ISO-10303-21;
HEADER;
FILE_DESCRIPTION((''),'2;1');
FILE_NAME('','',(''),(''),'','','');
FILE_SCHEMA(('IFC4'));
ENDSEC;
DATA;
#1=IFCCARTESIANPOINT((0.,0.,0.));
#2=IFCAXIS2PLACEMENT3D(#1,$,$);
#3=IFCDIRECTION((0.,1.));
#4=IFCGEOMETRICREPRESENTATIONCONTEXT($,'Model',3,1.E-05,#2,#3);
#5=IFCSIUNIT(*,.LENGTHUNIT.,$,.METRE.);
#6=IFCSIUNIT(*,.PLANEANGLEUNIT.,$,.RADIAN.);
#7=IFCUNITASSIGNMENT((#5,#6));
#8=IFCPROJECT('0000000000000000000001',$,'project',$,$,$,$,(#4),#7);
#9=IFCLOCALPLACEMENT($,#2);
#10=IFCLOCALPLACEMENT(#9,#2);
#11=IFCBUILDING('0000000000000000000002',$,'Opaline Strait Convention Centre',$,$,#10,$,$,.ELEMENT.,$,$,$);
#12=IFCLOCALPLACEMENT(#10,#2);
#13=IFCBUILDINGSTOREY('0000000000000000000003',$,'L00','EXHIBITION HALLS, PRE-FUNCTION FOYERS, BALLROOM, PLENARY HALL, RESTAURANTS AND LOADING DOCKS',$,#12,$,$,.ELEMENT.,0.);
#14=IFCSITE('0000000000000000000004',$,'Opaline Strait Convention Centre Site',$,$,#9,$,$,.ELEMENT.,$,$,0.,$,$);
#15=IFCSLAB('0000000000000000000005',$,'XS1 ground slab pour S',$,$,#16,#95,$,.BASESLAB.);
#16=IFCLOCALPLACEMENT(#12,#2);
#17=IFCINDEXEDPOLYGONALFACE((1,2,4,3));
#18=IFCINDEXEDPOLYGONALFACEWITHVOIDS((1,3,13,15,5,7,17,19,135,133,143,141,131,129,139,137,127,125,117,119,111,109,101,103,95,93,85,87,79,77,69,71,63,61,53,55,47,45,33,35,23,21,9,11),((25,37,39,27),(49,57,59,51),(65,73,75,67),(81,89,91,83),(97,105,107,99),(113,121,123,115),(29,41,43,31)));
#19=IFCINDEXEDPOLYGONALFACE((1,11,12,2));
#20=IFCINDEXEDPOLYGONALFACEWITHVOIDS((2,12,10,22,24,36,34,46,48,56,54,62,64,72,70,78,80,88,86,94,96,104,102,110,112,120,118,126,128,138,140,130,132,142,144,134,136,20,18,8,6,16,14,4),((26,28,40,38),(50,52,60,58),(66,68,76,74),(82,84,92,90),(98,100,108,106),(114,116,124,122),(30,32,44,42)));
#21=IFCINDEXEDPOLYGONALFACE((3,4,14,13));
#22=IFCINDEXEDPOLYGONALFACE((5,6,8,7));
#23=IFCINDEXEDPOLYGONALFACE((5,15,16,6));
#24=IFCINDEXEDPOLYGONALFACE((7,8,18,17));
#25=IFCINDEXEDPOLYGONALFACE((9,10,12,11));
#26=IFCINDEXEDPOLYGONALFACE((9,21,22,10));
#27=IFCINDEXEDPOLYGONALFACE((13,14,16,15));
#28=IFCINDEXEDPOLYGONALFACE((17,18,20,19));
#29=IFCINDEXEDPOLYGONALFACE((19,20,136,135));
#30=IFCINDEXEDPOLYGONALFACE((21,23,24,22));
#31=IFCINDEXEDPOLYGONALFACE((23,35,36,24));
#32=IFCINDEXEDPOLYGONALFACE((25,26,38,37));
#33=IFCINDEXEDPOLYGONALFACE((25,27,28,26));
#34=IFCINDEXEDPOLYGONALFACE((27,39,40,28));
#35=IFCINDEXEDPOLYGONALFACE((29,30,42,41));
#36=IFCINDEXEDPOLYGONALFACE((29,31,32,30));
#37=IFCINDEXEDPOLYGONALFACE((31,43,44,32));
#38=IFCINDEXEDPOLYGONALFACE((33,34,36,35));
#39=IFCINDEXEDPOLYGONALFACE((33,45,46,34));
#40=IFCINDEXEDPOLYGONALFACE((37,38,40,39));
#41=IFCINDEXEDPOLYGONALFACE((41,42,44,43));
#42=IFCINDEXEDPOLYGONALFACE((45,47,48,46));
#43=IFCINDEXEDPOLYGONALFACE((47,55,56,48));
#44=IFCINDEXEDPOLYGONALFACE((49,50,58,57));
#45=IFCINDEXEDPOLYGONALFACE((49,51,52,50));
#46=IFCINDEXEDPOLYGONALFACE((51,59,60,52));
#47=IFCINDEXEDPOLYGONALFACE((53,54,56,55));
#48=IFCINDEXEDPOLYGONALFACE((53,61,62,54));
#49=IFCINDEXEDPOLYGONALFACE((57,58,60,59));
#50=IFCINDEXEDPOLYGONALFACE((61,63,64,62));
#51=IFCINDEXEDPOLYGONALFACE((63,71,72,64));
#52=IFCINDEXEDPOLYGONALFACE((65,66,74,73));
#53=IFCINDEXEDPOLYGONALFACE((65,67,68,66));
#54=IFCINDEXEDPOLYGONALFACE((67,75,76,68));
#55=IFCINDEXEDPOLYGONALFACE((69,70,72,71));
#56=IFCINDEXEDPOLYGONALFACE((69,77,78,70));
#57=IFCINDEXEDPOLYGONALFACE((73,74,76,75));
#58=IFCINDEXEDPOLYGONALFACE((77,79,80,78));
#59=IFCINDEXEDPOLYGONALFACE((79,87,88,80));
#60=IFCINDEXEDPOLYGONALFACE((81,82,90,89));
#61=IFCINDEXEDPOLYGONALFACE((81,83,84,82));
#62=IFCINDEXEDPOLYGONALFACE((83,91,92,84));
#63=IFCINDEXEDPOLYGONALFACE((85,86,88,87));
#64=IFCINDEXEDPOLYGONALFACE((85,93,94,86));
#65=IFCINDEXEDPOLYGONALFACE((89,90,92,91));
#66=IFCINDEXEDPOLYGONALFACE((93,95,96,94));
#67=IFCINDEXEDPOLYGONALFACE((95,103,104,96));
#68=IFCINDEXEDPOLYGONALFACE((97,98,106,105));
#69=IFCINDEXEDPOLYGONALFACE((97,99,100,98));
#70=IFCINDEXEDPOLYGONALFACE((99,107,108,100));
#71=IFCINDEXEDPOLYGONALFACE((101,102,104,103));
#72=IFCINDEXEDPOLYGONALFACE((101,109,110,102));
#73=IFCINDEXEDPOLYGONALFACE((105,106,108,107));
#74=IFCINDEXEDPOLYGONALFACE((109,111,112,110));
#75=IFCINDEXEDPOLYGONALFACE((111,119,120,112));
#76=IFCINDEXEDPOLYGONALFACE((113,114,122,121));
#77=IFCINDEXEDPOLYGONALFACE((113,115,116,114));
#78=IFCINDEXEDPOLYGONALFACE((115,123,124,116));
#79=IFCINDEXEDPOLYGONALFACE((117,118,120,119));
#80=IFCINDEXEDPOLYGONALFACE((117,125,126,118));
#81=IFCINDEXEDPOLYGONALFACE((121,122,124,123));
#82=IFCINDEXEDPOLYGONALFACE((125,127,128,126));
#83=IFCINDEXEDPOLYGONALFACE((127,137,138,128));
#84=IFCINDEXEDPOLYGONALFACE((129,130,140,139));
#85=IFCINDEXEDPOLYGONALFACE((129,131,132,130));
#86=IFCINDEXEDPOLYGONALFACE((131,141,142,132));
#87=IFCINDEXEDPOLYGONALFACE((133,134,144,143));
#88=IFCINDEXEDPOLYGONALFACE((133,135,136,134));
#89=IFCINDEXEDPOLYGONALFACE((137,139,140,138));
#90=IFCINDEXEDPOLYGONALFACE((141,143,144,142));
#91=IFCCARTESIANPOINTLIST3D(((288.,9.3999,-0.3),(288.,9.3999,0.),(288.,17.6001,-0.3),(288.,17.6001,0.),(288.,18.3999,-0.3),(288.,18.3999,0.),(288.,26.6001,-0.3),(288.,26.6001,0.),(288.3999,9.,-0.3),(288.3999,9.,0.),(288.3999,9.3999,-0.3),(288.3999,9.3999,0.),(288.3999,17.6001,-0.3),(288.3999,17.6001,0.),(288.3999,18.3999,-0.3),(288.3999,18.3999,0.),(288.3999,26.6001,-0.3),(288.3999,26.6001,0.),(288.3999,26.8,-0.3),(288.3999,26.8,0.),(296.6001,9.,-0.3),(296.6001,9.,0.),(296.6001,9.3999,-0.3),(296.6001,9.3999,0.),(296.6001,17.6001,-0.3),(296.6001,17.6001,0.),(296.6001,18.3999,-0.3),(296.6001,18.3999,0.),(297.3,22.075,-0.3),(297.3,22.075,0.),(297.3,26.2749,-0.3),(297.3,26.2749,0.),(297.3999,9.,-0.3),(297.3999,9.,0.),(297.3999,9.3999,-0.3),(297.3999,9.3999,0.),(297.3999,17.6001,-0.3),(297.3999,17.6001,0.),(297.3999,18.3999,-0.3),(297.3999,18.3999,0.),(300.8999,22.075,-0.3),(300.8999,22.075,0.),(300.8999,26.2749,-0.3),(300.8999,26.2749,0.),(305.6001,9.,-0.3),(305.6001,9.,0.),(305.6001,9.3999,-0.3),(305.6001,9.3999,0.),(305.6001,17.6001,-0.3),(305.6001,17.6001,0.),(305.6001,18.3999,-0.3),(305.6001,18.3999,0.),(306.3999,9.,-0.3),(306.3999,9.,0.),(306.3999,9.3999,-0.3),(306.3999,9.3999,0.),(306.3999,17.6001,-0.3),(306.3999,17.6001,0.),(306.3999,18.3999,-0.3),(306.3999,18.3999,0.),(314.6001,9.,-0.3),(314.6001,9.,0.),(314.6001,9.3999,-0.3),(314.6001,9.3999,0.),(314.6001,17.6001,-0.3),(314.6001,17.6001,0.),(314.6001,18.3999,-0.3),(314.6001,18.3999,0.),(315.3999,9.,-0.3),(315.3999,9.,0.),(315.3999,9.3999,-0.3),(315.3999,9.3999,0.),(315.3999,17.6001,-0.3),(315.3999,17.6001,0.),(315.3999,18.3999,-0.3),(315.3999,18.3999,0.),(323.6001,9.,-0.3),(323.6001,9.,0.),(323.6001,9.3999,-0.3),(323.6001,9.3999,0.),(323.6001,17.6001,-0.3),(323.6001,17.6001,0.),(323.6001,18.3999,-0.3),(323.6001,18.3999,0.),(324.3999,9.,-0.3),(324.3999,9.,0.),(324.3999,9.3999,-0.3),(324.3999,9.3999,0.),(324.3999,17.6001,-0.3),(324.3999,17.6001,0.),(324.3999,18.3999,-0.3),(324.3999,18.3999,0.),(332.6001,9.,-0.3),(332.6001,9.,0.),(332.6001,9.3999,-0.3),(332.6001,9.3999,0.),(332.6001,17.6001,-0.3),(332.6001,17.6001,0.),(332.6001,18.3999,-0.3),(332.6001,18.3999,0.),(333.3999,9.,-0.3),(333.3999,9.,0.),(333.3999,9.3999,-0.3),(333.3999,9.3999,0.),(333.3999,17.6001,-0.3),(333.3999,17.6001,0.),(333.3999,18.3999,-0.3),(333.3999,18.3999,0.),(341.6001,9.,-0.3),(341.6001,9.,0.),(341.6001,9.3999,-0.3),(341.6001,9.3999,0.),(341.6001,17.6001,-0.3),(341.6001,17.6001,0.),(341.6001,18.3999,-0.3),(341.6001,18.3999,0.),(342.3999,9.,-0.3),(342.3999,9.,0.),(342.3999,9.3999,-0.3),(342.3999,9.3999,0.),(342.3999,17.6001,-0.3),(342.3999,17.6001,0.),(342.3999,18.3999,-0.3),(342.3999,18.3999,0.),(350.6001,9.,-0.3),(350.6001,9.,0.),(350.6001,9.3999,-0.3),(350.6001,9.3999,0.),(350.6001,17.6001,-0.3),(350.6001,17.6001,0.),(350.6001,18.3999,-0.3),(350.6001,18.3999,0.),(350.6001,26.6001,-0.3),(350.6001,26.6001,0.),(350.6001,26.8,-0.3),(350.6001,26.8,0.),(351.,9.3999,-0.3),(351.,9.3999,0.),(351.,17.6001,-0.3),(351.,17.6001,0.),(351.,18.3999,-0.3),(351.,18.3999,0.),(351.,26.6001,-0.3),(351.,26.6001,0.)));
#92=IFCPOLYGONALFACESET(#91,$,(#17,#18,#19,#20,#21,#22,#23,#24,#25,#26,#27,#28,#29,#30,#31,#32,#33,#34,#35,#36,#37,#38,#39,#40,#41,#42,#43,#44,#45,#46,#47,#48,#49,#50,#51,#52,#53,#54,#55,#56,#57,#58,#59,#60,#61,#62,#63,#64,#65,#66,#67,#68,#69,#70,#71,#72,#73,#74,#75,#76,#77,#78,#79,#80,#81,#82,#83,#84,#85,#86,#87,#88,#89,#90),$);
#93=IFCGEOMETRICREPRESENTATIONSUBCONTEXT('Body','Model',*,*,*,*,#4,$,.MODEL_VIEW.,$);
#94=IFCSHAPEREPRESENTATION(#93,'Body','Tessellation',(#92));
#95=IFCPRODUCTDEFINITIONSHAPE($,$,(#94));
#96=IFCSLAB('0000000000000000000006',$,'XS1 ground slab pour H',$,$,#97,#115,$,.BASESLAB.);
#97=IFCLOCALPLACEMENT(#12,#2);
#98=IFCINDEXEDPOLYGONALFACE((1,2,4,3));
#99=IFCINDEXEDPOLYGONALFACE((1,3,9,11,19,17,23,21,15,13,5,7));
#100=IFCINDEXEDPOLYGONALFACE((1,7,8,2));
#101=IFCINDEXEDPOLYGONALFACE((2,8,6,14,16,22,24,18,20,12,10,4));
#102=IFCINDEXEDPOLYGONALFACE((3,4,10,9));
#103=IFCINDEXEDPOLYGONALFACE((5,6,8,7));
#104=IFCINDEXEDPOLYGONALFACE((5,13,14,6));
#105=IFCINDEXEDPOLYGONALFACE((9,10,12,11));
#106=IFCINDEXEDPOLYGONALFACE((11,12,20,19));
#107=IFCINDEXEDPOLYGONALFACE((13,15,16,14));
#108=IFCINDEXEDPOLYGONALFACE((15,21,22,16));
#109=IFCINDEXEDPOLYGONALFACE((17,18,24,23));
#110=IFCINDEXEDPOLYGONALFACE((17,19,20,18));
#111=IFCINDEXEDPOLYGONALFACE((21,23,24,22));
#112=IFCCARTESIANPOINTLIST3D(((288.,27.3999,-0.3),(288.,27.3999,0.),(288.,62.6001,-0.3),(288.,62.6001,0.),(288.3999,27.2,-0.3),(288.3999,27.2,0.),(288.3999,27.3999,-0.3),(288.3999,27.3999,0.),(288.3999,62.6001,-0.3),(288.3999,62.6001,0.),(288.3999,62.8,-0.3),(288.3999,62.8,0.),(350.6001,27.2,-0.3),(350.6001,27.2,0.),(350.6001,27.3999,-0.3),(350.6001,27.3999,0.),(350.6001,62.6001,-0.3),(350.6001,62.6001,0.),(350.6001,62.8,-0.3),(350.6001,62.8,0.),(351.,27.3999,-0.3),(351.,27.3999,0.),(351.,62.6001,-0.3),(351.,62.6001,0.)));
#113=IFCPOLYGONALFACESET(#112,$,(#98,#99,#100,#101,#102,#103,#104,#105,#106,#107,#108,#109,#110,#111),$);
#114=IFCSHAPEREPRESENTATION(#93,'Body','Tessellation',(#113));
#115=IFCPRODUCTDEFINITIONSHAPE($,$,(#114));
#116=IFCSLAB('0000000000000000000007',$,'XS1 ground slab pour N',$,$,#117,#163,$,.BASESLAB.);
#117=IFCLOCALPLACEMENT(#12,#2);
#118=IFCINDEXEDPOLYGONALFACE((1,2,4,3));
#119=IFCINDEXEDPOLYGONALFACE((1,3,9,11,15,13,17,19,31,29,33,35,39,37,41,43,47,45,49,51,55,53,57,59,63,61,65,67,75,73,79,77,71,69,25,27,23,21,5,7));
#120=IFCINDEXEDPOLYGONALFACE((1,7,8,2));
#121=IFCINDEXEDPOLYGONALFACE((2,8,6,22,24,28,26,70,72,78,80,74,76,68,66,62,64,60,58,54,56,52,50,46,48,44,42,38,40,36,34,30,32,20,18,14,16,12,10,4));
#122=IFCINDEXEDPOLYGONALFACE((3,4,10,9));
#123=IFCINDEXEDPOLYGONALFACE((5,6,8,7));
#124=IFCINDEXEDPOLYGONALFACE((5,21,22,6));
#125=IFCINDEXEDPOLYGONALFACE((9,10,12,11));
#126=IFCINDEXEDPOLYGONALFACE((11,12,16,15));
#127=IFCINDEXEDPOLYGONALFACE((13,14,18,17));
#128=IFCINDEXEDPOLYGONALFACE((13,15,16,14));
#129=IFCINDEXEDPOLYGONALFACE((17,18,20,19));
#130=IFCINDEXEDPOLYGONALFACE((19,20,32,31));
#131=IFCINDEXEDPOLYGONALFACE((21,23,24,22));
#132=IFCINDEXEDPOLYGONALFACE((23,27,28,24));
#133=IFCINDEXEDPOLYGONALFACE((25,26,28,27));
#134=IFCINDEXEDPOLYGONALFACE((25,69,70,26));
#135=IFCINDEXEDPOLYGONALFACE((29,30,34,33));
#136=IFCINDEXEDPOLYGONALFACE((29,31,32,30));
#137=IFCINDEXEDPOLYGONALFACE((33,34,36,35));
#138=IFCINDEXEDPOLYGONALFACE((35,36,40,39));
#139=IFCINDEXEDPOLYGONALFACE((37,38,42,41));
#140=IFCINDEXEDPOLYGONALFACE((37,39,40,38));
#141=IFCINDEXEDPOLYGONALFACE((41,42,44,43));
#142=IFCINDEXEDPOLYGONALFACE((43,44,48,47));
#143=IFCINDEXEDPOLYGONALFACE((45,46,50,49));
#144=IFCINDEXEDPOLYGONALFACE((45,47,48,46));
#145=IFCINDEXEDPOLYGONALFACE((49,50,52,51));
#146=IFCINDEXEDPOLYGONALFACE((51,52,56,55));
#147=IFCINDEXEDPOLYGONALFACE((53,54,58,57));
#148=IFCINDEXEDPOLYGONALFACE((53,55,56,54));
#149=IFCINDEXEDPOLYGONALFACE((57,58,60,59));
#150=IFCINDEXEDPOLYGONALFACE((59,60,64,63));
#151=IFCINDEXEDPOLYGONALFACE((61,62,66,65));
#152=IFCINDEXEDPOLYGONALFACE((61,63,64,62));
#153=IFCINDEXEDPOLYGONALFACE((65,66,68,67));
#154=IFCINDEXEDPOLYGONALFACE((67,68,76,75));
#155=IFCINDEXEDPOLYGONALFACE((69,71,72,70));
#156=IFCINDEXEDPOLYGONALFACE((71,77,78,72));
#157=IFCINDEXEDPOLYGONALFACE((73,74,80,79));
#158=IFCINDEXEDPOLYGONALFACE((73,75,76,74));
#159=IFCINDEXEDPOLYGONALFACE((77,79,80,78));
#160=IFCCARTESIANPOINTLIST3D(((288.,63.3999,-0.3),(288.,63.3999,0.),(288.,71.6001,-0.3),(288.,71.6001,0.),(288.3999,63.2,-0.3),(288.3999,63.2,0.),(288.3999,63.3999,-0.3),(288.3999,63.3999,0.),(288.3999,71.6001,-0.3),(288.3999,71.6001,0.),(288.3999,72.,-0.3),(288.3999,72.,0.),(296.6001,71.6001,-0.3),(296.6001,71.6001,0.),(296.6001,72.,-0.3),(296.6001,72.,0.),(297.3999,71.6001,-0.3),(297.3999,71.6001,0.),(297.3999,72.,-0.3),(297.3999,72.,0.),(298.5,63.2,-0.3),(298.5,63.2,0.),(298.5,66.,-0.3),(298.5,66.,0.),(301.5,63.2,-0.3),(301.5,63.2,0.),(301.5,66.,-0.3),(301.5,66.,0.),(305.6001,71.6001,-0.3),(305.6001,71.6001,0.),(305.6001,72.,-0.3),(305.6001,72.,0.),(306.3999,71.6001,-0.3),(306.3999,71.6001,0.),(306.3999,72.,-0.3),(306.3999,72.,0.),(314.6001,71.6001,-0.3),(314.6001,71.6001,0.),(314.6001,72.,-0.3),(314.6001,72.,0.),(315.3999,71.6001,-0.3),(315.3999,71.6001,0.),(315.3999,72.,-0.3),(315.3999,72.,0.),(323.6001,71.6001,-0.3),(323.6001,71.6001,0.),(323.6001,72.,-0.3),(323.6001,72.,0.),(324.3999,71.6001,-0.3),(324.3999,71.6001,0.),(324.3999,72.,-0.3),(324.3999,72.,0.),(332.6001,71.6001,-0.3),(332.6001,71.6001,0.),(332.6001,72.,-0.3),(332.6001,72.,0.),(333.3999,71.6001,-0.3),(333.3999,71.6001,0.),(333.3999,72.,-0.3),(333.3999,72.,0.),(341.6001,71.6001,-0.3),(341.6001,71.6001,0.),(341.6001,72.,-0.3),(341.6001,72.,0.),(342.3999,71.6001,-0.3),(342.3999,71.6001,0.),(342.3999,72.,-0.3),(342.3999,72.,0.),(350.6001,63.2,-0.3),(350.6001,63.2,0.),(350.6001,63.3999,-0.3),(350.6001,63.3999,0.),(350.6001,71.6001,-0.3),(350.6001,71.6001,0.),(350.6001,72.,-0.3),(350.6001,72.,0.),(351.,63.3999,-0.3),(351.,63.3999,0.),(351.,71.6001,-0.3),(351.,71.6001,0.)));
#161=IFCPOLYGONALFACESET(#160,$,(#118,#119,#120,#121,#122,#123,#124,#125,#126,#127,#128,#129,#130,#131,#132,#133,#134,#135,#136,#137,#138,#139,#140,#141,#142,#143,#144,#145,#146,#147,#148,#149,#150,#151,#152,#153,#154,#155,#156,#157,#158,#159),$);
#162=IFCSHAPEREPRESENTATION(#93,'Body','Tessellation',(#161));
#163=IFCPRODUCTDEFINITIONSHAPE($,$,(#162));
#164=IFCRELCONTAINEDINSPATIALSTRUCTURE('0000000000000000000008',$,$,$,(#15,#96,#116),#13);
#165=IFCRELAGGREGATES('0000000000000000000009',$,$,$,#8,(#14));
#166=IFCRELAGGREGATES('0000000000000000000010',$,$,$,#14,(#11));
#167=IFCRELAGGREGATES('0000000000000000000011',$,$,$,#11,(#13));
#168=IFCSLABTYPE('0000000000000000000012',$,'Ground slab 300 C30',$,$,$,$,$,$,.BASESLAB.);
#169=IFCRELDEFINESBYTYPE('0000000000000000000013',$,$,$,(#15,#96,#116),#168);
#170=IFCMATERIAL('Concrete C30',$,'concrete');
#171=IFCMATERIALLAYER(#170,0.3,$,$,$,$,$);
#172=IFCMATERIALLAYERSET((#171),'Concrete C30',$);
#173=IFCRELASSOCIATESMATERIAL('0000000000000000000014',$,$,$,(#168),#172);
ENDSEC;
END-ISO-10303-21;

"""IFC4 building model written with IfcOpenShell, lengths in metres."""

from ifc_helpers import new_model, si_unit, direction, frame, origin, place, context, subcontext, project, spatial, polyline, outline, extrude, material, layer, layer_set, type_object, element, save


model = new_model("IFC4")

# Units and contexts
model_context = context("Model", 3, precision=1e-05, world=origin(), true_north=direction((0.0, 1.0)))
body_context = subcontext(model_context, "Body", "Model", "MODEL_VIEW")
ifc_project = project(units=[si_unit("LENGTHUNIT", "METRE"), si_unit("PLANEANGLEUNIT", "RADIAN")], contexts=[model_context])

# Site, building, storey
site_placement = place(None, origin())
site = spatial("IfcSite", under=ifc_project, at=site_placement, Name="Opaline Strait Convention Centre Site", CompositionType="ELEMENT", RefElevation=0.0)
building_placement = place(site_placement, origin())
building = spatial("IfcBuilding", under=site, at=building_placement, Name="Opaline Strait Convention Centre", CompositionType="ELEMENT")
storey_placement = place(building_placement, origin())
storey = spatial("IfcBuildingStorey", under=building, at=storey_placement, Name="L00", Description="EXHIBITION HALLS, PRE-FUNCTION FOYERS, BALLROOM, PLENARY HALL, RESTAURANTS AND LOADING DOCKS", CompositionType="ELEMENT", Elevation=0.0)

# Slabs
ifc_material = material(Name="Concrete C30", Category="concrete")
ifc_layer_1 = layer(ifc_material, 0.3)
ifc_layer_set_1 = layer_set([ifc_layer_1], Name="Concrete C30")
slab_type_1 = type_object("IfcSlabType", Name="Ground slab 300 C30", PredefinedType="BASESLAB", material=ifc_layer_set_1)
slab_1_placement = place(storey_placement, frame((0.0, 0.0, -0.3)))
element("IfcSlab", 1, at=slab_1_placement, inside=storey, type_object=slab_type_1, Name="XS1 ground slab pour S", PredefinedType="BASESLAB", context=body_context, shape_type="SweptSolid", body=[
    extrude(outline(polyline([(350.6001, 9.3999), (350.6001, 9.0), (342.3999, 9.0), (342.3999, 9.3999), (341.6001, 9.3999), (341.6001, 9.0), (333.3999, 9.0), (333.3999, 9.3999), (332.6001, 9.3999), (332.6001, 9.0), (324.3999, 9.0), (324.3999, 9.3999), (323.6001, 9.3999), (323.6001, 9.0), (315.3999, 9.0), (315.3999, 9.3999), (314.6001, 9.3999), (314.6001, 9.0), (306.3999, 9.0), (306.3999, 9.3999), (305.6001, 9.3999), (305.6001, 9.0), (297.3999, 9.0), (297.3999, 9.3999), (296.6001, 9.3999), (296.6001, 9.0), (288.3999, 9.0), (288.3999, 9.3999), (288.0, 9.3999), (288.0, 17.6001), (288.3999, 17.6001), (288.3999, 18.3999), (288.0, 18.3999), (288.0, 26.6001), (288.3999, 26.6001), (288.3999, 26.8), (350.6001, 26.8), (350.6001, 26.6001), (351.0, 26.6001), (351.0, 18.3999), (350.6001, 18.3999), (350.6001, 17.6001), (351.0, 17.6001), (351.0, 9.3999), (350.6001, 9.3999)]), holes=[polyline([(297.3999, 18.3999), (296.6001, 18.3999), (296.6001, 17.6001), (297.3999, 17.6001), (297.3999, 18.3999)]), polyline([(306.3999, 18.3999), (305.6001, 18.3999), (305.6001, 17.6001), (306.3999, 17.6001), (306.3999, 18.3999)]), polyline([(314.6001, 18.3999), (314.6001, 17.6001), (315.3999, 17.6001), (315.3999, 18.3999), (314.6001, 18.3999)]), polyline([(324.3999, 18.3999), (323.6001, 18.3999), (323.6001, 17.6001), (324.3999, 17.6001), (324.3999, 18.3999)]), polyline([(333.3999, 18.3999), (332.6001, 18.3999), (332.6001, 17.6001), (333.3999, 17.6001), (333.3999, 18.3999)]), polyline([(342.3999, 18.3999), (341.6001, 18.3999), (341.6001, 17.6001), (342.3999, 17.6001), (342.3999, 18.3999)]), polyline([(300.8999, 22.075), (300.8999, 26.2749), (297.3, 26.2749), (297.3, 22.075), (300.8999, 22.075)])]), origin(), (0.0, 0.0, 1.0), 0.3),
])
slab_2_placement = place(storey_placement, frame((0.0, 0.0, -0.3)))
element("IfcSlab", 2, at=slab_2_placement, inside=storey, type_object=slab_type_1, Name="XS1 ground slab pour H", PredefinedType="BASESLAB", context=body_context, shape_type="SweptSolid", body=[
    extrude(outline(polyline([(350.6001, 27.3999), (350.6001, 27.2), (288.3999, 27.2), (288.3999, 27.3999), (288.0, 27.3999), (288.0, 62.6001), (288.3999, 62.6001), (288.3999, 62.8), (350.6001, 62.8), (350.6001, 62.6001), (351.0, 62.6001), (351.0, 27.3999), (350.6001, 27.3999)])), origin(), (0.0, 0.0, 1.0), 0.3),
])
slab_3_placement = place(storey_placement, frame((0.0, 0.0, -0.3)))
element("IfcSlab", 3, at=slab_3_placement, inside=storey, type_object=slab_type_1, Name="XS1 ground slab pour N", PredefinedType="BASESLAB", context=body_context, shape_type="SweptSolid", body=[
    extrude(outline(polyline([(350.6001, 63.3999), (350.6001, 63.2), (301.5, 63.2), (301.5, 66.0), (298.5, 66.0), (298.5, 63.2), (288.3999, 63.2), (288.3999, 63.3999), (288.0, 63.3999), (288.0, 71.6001), (288.3999, 71.6001), (288.3999, 72.0), (296.6001, 72.0), (296.6001, 71.6001), (297.3999, 71.6001), (297.3999, 72.0), (305.6001, 72.0), (305.6001, 71.6001), (306.3999, 71.6001), (306.3999, 72.0), (314.6001, 72.0), (314.6001, 71.6001), (315.3999, 71.6001), (315.3999, 72.0), (323.6001, 72.0), (323.6001, 71.6001), (324.3999, 71.6001), (324.3999, 72.0), (332.6001, 72.0), (332.6001, 71.6001), (333.3999, 71.6001), (333.3999, 72.0), (341.6001, 72.0), (341.6001, 71.6001), (342.3999, 71.6001), (342.3999, 72.0), (350.6001, 72.0), (350.6001, 71.6001), (351.0, 71.6001), (351.0, 63.3999), (350.6001, 63.3999)])), origin(), (0.0, 0.0, 1.0), 0.3),
])

save(model, "model.ifc")
